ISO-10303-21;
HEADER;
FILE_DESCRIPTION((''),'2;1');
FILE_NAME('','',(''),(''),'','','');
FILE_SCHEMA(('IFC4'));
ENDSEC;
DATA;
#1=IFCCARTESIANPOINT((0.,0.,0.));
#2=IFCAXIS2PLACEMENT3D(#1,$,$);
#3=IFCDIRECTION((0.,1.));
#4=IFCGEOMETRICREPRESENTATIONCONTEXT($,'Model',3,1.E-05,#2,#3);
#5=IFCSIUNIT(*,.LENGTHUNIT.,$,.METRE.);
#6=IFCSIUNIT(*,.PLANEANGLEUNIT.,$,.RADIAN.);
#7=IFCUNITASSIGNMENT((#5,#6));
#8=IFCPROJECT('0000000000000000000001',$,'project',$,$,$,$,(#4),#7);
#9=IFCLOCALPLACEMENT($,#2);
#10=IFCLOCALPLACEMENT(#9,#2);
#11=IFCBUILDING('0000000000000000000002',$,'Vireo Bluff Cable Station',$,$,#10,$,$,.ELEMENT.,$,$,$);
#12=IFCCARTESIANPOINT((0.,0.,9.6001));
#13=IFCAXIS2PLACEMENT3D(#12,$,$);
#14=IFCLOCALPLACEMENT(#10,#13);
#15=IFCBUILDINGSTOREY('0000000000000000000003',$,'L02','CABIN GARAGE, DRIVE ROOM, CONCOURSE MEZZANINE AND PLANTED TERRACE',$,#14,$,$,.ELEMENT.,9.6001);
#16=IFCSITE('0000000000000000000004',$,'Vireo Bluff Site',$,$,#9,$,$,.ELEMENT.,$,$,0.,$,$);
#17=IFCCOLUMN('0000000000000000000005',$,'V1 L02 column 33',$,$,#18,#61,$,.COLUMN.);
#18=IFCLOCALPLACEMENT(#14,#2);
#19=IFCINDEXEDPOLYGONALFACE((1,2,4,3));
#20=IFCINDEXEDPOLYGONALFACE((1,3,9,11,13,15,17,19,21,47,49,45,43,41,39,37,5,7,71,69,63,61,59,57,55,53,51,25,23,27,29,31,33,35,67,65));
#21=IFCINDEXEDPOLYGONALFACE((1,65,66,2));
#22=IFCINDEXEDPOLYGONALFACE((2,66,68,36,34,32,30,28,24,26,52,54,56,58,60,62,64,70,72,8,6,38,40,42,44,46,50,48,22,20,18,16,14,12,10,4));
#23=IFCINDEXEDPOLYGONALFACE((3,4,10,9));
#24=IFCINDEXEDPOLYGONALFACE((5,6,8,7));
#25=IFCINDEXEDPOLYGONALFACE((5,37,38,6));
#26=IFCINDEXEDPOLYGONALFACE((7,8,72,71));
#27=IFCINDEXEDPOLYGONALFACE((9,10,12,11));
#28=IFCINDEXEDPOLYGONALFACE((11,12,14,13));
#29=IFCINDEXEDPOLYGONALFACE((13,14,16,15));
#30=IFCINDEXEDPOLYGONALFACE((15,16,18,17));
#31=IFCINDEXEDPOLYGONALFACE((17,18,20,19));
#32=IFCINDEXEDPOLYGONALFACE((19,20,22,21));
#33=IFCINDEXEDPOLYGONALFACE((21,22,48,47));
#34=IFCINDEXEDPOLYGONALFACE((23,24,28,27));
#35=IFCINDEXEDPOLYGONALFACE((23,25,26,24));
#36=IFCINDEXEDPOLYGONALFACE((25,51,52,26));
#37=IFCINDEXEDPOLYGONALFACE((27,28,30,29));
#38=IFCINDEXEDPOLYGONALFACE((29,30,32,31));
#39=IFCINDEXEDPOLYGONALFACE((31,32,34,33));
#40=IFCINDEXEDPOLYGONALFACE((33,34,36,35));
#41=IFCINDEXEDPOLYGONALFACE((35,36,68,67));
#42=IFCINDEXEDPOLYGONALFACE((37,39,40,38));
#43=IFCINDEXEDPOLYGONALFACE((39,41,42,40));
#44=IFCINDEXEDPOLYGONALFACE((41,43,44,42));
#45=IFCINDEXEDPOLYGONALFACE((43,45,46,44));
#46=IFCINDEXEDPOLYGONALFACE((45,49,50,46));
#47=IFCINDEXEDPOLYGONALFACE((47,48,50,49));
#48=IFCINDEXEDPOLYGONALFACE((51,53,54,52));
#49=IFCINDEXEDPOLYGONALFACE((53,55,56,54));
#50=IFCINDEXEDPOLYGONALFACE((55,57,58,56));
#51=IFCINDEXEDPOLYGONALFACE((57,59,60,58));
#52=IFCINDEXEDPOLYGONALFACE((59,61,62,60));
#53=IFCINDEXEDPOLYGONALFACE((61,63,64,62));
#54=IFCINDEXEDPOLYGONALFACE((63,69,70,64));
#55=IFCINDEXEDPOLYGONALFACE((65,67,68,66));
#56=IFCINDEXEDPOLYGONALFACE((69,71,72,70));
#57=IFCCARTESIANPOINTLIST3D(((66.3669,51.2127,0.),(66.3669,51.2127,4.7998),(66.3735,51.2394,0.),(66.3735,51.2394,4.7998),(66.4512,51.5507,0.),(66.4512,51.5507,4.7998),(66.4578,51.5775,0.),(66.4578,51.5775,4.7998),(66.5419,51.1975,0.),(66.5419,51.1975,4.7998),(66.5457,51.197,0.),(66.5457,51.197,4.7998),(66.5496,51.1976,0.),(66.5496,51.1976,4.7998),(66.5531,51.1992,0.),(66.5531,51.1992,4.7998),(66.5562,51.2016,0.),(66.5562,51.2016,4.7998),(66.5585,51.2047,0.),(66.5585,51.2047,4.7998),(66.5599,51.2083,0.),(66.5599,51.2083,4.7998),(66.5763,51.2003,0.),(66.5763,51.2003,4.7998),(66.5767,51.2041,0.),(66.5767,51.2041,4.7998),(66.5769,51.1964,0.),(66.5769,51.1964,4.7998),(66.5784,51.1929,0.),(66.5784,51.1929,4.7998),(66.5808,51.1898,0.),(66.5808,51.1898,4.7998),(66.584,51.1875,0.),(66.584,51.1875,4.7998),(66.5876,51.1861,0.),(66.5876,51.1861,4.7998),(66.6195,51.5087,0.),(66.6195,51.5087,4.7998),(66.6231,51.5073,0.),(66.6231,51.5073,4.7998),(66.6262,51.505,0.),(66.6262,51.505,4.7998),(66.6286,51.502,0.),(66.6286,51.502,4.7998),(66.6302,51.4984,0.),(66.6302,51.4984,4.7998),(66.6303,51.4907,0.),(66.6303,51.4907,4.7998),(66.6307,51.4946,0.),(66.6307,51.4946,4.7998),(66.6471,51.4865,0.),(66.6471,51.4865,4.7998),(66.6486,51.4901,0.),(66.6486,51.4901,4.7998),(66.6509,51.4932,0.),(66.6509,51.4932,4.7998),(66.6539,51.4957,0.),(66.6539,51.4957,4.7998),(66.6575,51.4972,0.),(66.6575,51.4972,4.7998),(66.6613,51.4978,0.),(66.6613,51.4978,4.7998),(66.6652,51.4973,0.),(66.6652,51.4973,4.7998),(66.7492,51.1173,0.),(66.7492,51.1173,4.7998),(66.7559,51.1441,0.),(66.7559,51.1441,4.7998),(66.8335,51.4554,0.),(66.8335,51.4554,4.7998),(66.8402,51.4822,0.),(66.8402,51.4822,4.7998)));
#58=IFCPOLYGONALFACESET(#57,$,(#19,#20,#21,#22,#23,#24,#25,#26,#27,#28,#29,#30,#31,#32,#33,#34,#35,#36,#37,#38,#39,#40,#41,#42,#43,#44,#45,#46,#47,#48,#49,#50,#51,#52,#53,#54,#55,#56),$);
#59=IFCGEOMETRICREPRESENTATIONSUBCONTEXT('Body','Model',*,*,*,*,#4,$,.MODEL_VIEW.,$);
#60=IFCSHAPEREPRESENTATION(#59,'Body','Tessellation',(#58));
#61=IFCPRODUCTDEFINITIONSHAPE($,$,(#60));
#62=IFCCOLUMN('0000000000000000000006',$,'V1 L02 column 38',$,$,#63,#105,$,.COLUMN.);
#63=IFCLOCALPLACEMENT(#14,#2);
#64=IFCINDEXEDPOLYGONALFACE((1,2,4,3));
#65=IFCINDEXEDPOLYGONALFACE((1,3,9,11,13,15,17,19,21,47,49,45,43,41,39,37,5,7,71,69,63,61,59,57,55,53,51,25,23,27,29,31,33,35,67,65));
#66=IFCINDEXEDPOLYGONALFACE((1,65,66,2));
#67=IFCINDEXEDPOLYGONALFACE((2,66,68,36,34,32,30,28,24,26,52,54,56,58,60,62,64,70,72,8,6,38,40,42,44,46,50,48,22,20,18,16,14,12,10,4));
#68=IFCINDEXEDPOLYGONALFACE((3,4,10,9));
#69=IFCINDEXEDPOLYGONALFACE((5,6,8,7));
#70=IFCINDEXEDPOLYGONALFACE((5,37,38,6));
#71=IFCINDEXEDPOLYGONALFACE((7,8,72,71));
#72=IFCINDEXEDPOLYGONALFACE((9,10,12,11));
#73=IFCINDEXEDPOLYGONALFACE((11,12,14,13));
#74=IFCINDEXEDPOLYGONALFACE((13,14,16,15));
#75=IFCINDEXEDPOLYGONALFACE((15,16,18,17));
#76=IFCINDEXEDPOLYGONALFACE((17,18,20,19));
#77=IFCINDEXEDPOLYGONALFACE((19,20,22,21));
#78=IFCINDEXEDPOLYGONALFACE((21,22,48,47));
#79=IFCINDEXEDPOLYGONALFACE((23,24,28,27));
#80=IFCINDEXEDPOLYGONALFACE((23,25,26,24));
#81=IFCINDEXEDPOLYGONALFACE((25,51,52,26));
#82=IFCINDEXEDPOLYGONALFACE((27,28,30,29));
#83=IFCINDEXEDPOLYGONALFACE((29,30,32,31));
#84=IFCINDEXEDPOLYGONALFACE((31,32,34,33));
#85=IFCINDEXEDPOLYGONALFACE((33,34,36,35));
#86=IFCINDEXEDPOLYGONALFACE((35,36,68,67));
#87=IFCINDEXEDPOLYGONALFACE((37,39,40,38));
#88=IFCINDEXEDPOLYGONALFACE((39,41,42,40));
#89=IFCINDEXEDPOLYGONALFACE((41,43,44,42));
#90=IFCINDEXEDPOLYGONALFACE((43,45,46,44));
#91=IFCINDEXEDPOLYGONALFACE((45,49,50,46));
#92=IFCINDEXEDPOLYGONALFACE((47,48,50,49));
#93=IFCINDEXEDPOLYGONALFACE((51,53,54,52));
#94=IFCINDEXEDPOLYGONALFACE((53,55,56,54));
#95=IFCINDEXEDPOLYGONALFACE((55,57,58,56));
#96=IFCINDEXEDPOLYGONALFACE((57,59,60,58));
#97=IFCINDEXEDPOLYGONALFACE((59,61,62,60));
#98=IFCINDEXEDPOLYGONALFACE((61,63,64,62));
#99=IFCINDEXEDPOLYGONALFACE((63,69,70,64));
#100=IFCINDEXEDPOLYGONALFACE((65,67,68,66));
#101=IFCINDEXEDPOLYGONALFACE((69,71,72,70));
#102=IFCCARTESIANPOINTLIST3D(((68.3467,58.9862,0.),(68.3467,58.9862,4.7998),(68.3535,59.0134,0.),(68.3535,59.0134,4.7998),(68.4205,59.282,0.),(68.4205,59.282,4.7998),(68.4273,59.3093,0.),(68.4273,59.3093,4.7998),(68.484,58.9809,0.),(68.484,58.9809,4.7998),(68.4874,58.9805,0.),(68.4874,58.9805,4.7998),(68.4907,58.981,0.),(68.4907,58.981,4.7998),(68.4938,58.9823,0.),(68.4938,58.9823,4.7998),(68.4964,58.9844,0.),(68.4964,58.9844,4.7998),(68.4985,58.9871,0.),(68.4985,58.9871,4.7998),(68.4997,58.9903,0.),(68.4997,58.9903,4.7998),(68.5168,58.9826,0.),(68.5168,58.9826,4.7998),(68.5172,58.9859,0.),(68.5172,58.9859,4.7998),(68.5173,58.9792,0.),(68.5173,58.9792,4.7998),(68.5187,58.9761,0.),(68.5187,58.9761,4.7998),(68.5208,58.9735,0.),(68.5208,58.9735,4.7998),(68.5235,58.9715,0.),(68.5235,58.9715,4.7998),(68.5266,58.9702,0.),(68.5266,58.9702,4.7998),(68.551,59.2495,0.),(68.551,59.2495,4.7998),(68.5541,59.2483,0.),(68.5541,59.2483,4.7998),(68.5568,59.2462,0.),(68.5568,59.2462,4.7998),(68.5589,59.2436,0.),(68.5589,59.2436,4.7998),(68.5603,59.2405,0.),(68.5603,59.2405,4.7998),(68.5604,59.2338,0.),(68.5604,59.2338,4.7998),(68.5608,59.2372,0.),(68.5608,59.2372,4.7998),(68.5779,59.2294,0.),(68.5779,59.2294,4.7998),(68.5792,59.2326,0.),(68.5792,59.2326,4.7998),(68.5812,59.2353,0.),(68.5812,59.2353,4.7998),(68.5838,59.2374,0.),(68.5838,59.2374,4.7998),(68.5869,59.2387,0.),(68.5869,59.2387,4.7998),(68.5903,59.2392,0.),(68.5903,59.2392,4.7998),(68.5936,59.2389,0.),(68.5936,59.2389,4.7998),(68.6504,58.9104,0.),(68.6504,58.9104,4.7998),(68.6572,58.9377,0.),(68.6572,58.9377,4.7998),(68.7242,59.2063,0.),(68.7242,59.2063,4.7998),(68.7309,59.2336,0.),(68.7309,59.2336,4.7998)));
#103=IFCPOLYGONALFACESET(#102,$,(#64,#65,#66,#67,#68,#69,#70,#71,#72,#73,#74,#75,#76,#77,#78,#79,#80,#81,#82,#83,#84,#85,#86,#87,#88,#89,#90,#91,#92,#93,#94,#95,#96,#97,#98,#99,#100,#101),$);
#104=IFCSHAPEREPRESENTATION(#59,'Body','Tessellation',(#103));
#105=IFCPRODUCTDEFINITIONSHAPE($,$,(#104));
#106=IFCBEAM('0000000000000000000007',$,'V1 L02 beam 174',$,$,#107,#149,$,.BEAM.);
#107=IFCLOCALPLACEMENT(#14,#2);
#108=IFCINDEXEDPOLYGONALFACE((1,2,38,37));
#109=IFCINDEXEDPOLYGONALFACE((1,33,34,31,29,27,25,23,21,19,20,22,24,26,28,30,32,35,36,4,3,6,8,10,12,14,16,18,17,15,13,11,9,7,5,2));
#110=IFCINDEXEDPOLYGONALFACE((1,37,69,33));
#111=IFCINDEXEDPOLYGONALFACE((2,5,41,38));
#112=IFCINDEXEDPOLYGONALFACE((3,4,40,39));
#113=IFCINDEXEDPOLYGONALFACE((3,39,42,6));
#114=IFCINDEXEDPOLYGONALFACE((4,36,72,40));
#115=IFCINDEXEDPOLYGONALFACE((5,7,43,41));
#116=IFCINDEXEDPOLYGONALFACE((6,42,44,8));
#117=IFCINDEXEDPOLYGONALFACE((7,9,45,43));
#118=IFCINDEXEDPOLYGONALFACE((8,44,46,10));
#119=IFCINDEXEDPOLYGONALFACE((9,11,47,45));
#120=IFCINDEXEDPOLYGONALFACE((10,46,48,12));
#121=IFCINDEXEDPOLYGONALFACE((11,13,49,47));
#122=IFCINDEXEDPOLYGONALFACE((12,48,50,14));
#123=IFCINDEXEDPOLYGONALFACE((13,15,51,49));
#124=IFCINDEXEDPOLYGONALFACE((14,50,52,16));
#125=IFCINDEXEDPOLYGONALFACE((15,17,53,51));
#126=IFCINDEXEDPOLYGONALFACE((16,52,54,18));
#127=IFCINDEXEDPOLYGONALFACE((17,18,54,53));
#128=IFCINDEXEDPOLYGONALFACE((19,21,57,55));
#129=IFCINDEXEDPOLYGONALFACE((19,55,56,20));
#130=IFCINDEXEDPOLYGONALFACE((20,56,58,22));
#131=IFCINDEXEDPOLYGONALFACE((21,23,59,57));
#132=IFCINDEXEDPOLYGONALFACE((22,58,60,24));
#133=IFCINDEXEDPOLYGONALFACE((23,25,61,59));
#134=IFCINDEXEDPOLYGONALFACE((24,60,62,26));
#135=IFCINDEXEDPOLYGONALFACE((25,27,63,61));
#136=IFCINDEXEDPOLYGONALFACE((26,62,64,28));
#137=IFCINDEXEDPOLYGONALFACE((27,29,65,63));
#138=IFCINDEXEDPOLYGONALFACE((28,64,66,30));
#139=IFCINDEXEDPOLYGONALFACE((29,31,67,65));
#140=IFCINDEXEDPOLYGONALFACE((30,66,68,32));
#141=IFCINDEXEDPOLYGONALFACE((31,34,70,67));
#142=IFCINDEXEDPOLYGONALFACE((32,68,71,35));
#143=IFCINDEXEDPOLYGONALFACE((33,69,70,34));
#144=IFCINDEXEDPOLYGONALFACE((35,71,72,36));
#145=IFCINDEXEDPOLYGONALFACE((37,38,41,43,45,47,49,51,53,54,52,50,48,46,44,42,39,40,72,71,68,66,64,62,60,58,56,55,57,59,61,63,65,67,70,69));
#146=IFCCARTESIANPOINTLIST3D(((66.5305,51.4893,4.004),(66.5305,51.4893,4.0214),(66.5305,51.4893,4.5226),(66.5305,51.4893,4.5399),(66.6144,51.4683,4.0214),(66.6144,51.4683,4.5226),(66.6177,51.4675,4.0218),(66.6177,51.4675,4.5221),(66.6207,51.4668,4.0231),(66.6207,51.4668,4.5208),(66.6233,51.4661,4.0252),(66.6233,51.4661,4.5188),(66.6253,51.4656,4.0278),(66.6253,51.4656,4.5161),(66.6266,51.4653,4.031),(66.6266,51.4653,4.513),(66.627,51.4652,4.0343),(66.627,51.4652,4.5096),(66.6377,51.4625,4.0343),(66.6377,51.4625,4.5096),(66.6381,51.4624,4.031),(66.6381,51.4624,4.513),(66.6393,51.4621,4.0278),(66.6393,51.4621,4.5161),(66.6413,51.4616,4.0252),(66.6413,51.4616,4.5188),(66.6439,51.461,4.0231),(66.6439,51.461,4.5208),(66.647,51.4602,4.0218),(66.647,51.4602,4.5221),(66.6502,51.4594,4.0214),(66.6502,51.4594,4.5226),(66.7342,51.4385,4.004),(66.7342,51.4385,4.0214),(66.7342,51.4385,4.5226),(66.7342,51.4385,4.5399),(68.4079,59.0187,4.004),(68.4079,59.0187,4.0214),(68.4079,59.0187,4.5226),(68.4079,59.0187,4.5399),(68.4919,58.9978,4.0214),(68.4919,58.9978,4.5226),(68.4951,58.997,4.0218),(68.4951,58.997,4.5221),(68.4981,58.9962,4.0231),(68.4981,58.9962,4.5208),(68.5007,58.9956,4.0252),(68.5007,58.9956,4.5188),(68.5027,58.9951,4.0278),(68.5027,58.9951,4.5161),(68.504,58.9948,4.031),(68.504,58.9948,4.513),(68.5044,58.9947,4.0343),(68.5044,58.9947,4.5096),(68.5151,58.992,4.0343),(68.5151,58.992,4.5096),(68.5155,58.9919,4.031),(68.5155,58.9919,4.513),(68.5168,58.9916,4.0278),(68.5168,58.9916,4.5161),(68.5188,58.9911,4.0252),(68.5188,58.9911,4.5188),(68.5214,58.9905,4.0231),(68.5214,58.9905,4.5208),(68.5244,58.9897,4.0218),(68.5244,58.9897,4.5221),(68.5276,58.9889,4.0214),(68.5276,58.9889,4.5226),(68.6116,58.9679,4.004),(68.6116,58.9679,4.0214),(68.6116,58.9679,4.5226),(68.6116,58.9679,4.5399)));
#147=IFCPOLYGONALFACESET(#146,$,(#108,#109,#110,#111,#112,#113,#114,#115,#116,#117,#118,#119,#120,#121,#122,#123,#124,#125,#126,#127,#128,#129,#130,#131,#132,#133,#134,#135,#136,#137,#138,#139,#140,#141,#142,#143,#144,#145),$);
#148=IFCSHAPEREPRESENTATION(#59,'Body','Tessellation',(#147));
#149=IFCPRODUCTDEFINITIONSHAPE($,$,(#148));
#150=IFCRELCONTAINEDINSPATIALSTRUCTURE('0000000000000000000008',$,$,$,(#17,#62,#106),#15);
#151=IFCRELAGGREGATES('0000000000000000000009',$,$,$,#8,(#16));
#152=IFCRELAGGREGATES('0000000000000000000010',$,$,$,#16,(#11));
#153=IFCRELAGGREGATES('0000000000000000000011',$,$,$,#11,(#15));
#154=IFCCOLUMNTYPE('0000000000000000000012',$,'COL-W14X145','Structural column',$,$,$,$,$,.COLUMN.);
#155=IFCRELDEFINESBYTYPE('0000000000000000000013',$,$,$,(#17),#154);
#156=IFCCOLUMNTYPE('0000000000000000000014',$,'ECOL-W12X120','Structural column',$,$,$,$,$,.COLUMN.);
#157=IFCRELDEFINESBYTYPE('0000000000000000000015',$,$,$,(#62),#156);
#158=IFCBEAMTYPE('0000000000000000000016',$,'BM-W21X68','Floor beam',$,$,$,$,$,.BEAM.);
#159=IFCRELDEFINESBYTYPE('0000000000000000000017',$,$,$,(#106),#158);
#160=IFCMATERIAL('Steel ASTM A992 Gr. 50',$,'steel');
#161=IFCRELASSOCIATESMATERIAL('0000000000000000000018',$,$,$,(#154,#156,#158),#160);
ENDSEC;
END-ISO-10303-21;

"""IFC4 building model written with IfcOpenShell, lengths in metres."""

from ifc_helpers import new_model, si_unit, direction, frame, origin, origin_2d, place, context, subcontext, project, spatial, i_section, extrude, material, material_profile, profile_set, type_object, element, save


model = new_model("IFC4")

# Units and contexts
model_context = context("Model", 3, precision=1e-05, world=origin(), true_north=direction((0.0, 1.0)))
body_context = subcontext(model_context, "Body", "Model", "MODEL_VIEW")
ifc_project = project(units=[si_unit("LENGTHUNIT", "METRE"), si_unit("PLANEANGLEUNIT", "RADIAN")], contexts=[model_context])

# Site, building, storey
site_placement = place(None, origin())
site = spatial("IfcSite", under=ifc_project, at=site_placement, Name="Vireo Bluff Site", CompositionType="ELEMENT", RefElevation=0.0)
building_placement = place(site_placement, origin())
building = spatial("IfcBuilding", under=site, at=building_placement, Name="Vireo Bluff Cable Station", CompositionType="ELEMENT")
storey_placement = place(building_placement, frame((0.0, 0.0, 9.6001)))
storey = spatial("IfcBuildingStorey", under=building, at=storey_placement, Name="L02", Description="CABIN GARAGE, DRIVE ROOM, CONCOURSE MEZZANINE AND PLANTED TERRACE", CompositionType="ELEMENT", Elevation=9.6001)

# Columns
ifc_material_1 = material(Name="Steel ASTM A992 Gr. 50", Category="steel")
ifc_material_profile_1 = material_profile(ifc_material_1, i_section(OverallWidth=0.394, OverallDepth=0.376, WebThickness=0.0173, FlangeThickness=0.0276, FilletRadius=0.0149, at=origin_2d()), Name="W14X145")
ifc_profile_set_1 = profile_set([ifc_material_profile_1], Name="Steel ASTM A992 Gr. 50")
column_type_1 = type_object("IfcColumnType", Name="COL-W14X145", Description="Structural column", PredefinedType="COLUMN", material=ifc_profile_set_1)
column_1_placement = place(storey_placement, frame((66.6035, 51.3474, 0.0), z_axis=(0.0, 0.0, 1.0), x_axis=(0.970296, -0.241922, 0.0)))
element("IfcColumn", 1, at=column_1_placement, inside=storey, type_object=column_type_1, Name="V1 L02 column 33", PredefinedType="COLUMN", context=body_context, shape_type="SweptSolid", body=[
    extrude(i_section(OverallWidth=0.394, OverallDepth=0.376, WebThickness=0.0173, FlangeThickness=0.0276, FilletRadius=0.0149, at=origin_2d()), origin(), (0.0, 0.0, 1.0), 4.7998),
])
ifc_material_profile_2 = material_profile(ifc_material_1, i_section(OverallWidth=0.313, OverallDepth=0.333, WebThickness=0.0181, FlangeThickness=0.0281, FilletRadius=0.0129, at=origin_2d()), Name="W12X120")
ifc_profile_set_2 = profile_set([ifc_material_profile_2], Name="Steel ASTM A992 Gr. 50")
column_type_2 = type_object("IfcColumnType", Name="ECOL-W12X120", Description="Structural column", PredefinedType="COLUMN", material=ifc_profile_set_2)
column_2_placement = place(storey_placement, frame((68.5388, 59.1099, 0.0), z_axis=(0.0, 0.0, 1.0), x_axis=(0.970296, -0.241922, 0.0)))
element("IfcColumn", 2, at=column_2_placement, inside=storey, type_object=column_type_2, Name="V1 L02 column 38", PredefinedType="COLUMN", context=body_context, shape_type="SweptSolid", body=[
    extrude(i_section(OverallWidth=0.313, OverallDepth=0.333, WebThickness=0.0181, FlangeThickness=0.0281, FilletRadius=0.0129, at=origin_2d()), origin(), (0.0, 0.0, 1.0), 4.7998),
])

# Beam
ifc_material_profile_3 = material_profile(ifc_material_1, i_section(OverallWidth=0.21, OverallDepth=0.5359, WebThickness=0.011, FlangeThickness=0.0173, FilletRadius=0.0129, at=origin_2d()), Name="W21X68")
ifc_profile_set_3 = profile_set([ifc_material_profile_3], Name="Steel ASTM A992 Gr. 50")
beam_type_1 = type_object("IfcBeamType", Name="BM-W21X68", Description="Floor beam", PredefinedType="BEAM", material=ifc_profile_set_3)
beam_1_placement = place(storey_placement, frame((66.6323, 51.4639, 4.272), z_axis=(0.241936, 0.970292, 0.0), x_axis=(-0.970292, 0.241936, 0.0)))
element("IfcBeam", 3, at=beam_1_placement, inside=storey, type_object=beam_type_1, Name="V1 L02 beam 174", PredefinedType="BEAM", context=body_context, shape_type="SweptSolid", body=[
    extrude(i_section(OverallWidth=0.21, OverallDepth=0.5359, WebThickness=0.011, FlangeThickness=0.0173, FilletRadius=0.0129, at=origin_2d()), origin(), (0.0, 0.0, 1.0), 7.76),
])

save(model, "model.ifc")
